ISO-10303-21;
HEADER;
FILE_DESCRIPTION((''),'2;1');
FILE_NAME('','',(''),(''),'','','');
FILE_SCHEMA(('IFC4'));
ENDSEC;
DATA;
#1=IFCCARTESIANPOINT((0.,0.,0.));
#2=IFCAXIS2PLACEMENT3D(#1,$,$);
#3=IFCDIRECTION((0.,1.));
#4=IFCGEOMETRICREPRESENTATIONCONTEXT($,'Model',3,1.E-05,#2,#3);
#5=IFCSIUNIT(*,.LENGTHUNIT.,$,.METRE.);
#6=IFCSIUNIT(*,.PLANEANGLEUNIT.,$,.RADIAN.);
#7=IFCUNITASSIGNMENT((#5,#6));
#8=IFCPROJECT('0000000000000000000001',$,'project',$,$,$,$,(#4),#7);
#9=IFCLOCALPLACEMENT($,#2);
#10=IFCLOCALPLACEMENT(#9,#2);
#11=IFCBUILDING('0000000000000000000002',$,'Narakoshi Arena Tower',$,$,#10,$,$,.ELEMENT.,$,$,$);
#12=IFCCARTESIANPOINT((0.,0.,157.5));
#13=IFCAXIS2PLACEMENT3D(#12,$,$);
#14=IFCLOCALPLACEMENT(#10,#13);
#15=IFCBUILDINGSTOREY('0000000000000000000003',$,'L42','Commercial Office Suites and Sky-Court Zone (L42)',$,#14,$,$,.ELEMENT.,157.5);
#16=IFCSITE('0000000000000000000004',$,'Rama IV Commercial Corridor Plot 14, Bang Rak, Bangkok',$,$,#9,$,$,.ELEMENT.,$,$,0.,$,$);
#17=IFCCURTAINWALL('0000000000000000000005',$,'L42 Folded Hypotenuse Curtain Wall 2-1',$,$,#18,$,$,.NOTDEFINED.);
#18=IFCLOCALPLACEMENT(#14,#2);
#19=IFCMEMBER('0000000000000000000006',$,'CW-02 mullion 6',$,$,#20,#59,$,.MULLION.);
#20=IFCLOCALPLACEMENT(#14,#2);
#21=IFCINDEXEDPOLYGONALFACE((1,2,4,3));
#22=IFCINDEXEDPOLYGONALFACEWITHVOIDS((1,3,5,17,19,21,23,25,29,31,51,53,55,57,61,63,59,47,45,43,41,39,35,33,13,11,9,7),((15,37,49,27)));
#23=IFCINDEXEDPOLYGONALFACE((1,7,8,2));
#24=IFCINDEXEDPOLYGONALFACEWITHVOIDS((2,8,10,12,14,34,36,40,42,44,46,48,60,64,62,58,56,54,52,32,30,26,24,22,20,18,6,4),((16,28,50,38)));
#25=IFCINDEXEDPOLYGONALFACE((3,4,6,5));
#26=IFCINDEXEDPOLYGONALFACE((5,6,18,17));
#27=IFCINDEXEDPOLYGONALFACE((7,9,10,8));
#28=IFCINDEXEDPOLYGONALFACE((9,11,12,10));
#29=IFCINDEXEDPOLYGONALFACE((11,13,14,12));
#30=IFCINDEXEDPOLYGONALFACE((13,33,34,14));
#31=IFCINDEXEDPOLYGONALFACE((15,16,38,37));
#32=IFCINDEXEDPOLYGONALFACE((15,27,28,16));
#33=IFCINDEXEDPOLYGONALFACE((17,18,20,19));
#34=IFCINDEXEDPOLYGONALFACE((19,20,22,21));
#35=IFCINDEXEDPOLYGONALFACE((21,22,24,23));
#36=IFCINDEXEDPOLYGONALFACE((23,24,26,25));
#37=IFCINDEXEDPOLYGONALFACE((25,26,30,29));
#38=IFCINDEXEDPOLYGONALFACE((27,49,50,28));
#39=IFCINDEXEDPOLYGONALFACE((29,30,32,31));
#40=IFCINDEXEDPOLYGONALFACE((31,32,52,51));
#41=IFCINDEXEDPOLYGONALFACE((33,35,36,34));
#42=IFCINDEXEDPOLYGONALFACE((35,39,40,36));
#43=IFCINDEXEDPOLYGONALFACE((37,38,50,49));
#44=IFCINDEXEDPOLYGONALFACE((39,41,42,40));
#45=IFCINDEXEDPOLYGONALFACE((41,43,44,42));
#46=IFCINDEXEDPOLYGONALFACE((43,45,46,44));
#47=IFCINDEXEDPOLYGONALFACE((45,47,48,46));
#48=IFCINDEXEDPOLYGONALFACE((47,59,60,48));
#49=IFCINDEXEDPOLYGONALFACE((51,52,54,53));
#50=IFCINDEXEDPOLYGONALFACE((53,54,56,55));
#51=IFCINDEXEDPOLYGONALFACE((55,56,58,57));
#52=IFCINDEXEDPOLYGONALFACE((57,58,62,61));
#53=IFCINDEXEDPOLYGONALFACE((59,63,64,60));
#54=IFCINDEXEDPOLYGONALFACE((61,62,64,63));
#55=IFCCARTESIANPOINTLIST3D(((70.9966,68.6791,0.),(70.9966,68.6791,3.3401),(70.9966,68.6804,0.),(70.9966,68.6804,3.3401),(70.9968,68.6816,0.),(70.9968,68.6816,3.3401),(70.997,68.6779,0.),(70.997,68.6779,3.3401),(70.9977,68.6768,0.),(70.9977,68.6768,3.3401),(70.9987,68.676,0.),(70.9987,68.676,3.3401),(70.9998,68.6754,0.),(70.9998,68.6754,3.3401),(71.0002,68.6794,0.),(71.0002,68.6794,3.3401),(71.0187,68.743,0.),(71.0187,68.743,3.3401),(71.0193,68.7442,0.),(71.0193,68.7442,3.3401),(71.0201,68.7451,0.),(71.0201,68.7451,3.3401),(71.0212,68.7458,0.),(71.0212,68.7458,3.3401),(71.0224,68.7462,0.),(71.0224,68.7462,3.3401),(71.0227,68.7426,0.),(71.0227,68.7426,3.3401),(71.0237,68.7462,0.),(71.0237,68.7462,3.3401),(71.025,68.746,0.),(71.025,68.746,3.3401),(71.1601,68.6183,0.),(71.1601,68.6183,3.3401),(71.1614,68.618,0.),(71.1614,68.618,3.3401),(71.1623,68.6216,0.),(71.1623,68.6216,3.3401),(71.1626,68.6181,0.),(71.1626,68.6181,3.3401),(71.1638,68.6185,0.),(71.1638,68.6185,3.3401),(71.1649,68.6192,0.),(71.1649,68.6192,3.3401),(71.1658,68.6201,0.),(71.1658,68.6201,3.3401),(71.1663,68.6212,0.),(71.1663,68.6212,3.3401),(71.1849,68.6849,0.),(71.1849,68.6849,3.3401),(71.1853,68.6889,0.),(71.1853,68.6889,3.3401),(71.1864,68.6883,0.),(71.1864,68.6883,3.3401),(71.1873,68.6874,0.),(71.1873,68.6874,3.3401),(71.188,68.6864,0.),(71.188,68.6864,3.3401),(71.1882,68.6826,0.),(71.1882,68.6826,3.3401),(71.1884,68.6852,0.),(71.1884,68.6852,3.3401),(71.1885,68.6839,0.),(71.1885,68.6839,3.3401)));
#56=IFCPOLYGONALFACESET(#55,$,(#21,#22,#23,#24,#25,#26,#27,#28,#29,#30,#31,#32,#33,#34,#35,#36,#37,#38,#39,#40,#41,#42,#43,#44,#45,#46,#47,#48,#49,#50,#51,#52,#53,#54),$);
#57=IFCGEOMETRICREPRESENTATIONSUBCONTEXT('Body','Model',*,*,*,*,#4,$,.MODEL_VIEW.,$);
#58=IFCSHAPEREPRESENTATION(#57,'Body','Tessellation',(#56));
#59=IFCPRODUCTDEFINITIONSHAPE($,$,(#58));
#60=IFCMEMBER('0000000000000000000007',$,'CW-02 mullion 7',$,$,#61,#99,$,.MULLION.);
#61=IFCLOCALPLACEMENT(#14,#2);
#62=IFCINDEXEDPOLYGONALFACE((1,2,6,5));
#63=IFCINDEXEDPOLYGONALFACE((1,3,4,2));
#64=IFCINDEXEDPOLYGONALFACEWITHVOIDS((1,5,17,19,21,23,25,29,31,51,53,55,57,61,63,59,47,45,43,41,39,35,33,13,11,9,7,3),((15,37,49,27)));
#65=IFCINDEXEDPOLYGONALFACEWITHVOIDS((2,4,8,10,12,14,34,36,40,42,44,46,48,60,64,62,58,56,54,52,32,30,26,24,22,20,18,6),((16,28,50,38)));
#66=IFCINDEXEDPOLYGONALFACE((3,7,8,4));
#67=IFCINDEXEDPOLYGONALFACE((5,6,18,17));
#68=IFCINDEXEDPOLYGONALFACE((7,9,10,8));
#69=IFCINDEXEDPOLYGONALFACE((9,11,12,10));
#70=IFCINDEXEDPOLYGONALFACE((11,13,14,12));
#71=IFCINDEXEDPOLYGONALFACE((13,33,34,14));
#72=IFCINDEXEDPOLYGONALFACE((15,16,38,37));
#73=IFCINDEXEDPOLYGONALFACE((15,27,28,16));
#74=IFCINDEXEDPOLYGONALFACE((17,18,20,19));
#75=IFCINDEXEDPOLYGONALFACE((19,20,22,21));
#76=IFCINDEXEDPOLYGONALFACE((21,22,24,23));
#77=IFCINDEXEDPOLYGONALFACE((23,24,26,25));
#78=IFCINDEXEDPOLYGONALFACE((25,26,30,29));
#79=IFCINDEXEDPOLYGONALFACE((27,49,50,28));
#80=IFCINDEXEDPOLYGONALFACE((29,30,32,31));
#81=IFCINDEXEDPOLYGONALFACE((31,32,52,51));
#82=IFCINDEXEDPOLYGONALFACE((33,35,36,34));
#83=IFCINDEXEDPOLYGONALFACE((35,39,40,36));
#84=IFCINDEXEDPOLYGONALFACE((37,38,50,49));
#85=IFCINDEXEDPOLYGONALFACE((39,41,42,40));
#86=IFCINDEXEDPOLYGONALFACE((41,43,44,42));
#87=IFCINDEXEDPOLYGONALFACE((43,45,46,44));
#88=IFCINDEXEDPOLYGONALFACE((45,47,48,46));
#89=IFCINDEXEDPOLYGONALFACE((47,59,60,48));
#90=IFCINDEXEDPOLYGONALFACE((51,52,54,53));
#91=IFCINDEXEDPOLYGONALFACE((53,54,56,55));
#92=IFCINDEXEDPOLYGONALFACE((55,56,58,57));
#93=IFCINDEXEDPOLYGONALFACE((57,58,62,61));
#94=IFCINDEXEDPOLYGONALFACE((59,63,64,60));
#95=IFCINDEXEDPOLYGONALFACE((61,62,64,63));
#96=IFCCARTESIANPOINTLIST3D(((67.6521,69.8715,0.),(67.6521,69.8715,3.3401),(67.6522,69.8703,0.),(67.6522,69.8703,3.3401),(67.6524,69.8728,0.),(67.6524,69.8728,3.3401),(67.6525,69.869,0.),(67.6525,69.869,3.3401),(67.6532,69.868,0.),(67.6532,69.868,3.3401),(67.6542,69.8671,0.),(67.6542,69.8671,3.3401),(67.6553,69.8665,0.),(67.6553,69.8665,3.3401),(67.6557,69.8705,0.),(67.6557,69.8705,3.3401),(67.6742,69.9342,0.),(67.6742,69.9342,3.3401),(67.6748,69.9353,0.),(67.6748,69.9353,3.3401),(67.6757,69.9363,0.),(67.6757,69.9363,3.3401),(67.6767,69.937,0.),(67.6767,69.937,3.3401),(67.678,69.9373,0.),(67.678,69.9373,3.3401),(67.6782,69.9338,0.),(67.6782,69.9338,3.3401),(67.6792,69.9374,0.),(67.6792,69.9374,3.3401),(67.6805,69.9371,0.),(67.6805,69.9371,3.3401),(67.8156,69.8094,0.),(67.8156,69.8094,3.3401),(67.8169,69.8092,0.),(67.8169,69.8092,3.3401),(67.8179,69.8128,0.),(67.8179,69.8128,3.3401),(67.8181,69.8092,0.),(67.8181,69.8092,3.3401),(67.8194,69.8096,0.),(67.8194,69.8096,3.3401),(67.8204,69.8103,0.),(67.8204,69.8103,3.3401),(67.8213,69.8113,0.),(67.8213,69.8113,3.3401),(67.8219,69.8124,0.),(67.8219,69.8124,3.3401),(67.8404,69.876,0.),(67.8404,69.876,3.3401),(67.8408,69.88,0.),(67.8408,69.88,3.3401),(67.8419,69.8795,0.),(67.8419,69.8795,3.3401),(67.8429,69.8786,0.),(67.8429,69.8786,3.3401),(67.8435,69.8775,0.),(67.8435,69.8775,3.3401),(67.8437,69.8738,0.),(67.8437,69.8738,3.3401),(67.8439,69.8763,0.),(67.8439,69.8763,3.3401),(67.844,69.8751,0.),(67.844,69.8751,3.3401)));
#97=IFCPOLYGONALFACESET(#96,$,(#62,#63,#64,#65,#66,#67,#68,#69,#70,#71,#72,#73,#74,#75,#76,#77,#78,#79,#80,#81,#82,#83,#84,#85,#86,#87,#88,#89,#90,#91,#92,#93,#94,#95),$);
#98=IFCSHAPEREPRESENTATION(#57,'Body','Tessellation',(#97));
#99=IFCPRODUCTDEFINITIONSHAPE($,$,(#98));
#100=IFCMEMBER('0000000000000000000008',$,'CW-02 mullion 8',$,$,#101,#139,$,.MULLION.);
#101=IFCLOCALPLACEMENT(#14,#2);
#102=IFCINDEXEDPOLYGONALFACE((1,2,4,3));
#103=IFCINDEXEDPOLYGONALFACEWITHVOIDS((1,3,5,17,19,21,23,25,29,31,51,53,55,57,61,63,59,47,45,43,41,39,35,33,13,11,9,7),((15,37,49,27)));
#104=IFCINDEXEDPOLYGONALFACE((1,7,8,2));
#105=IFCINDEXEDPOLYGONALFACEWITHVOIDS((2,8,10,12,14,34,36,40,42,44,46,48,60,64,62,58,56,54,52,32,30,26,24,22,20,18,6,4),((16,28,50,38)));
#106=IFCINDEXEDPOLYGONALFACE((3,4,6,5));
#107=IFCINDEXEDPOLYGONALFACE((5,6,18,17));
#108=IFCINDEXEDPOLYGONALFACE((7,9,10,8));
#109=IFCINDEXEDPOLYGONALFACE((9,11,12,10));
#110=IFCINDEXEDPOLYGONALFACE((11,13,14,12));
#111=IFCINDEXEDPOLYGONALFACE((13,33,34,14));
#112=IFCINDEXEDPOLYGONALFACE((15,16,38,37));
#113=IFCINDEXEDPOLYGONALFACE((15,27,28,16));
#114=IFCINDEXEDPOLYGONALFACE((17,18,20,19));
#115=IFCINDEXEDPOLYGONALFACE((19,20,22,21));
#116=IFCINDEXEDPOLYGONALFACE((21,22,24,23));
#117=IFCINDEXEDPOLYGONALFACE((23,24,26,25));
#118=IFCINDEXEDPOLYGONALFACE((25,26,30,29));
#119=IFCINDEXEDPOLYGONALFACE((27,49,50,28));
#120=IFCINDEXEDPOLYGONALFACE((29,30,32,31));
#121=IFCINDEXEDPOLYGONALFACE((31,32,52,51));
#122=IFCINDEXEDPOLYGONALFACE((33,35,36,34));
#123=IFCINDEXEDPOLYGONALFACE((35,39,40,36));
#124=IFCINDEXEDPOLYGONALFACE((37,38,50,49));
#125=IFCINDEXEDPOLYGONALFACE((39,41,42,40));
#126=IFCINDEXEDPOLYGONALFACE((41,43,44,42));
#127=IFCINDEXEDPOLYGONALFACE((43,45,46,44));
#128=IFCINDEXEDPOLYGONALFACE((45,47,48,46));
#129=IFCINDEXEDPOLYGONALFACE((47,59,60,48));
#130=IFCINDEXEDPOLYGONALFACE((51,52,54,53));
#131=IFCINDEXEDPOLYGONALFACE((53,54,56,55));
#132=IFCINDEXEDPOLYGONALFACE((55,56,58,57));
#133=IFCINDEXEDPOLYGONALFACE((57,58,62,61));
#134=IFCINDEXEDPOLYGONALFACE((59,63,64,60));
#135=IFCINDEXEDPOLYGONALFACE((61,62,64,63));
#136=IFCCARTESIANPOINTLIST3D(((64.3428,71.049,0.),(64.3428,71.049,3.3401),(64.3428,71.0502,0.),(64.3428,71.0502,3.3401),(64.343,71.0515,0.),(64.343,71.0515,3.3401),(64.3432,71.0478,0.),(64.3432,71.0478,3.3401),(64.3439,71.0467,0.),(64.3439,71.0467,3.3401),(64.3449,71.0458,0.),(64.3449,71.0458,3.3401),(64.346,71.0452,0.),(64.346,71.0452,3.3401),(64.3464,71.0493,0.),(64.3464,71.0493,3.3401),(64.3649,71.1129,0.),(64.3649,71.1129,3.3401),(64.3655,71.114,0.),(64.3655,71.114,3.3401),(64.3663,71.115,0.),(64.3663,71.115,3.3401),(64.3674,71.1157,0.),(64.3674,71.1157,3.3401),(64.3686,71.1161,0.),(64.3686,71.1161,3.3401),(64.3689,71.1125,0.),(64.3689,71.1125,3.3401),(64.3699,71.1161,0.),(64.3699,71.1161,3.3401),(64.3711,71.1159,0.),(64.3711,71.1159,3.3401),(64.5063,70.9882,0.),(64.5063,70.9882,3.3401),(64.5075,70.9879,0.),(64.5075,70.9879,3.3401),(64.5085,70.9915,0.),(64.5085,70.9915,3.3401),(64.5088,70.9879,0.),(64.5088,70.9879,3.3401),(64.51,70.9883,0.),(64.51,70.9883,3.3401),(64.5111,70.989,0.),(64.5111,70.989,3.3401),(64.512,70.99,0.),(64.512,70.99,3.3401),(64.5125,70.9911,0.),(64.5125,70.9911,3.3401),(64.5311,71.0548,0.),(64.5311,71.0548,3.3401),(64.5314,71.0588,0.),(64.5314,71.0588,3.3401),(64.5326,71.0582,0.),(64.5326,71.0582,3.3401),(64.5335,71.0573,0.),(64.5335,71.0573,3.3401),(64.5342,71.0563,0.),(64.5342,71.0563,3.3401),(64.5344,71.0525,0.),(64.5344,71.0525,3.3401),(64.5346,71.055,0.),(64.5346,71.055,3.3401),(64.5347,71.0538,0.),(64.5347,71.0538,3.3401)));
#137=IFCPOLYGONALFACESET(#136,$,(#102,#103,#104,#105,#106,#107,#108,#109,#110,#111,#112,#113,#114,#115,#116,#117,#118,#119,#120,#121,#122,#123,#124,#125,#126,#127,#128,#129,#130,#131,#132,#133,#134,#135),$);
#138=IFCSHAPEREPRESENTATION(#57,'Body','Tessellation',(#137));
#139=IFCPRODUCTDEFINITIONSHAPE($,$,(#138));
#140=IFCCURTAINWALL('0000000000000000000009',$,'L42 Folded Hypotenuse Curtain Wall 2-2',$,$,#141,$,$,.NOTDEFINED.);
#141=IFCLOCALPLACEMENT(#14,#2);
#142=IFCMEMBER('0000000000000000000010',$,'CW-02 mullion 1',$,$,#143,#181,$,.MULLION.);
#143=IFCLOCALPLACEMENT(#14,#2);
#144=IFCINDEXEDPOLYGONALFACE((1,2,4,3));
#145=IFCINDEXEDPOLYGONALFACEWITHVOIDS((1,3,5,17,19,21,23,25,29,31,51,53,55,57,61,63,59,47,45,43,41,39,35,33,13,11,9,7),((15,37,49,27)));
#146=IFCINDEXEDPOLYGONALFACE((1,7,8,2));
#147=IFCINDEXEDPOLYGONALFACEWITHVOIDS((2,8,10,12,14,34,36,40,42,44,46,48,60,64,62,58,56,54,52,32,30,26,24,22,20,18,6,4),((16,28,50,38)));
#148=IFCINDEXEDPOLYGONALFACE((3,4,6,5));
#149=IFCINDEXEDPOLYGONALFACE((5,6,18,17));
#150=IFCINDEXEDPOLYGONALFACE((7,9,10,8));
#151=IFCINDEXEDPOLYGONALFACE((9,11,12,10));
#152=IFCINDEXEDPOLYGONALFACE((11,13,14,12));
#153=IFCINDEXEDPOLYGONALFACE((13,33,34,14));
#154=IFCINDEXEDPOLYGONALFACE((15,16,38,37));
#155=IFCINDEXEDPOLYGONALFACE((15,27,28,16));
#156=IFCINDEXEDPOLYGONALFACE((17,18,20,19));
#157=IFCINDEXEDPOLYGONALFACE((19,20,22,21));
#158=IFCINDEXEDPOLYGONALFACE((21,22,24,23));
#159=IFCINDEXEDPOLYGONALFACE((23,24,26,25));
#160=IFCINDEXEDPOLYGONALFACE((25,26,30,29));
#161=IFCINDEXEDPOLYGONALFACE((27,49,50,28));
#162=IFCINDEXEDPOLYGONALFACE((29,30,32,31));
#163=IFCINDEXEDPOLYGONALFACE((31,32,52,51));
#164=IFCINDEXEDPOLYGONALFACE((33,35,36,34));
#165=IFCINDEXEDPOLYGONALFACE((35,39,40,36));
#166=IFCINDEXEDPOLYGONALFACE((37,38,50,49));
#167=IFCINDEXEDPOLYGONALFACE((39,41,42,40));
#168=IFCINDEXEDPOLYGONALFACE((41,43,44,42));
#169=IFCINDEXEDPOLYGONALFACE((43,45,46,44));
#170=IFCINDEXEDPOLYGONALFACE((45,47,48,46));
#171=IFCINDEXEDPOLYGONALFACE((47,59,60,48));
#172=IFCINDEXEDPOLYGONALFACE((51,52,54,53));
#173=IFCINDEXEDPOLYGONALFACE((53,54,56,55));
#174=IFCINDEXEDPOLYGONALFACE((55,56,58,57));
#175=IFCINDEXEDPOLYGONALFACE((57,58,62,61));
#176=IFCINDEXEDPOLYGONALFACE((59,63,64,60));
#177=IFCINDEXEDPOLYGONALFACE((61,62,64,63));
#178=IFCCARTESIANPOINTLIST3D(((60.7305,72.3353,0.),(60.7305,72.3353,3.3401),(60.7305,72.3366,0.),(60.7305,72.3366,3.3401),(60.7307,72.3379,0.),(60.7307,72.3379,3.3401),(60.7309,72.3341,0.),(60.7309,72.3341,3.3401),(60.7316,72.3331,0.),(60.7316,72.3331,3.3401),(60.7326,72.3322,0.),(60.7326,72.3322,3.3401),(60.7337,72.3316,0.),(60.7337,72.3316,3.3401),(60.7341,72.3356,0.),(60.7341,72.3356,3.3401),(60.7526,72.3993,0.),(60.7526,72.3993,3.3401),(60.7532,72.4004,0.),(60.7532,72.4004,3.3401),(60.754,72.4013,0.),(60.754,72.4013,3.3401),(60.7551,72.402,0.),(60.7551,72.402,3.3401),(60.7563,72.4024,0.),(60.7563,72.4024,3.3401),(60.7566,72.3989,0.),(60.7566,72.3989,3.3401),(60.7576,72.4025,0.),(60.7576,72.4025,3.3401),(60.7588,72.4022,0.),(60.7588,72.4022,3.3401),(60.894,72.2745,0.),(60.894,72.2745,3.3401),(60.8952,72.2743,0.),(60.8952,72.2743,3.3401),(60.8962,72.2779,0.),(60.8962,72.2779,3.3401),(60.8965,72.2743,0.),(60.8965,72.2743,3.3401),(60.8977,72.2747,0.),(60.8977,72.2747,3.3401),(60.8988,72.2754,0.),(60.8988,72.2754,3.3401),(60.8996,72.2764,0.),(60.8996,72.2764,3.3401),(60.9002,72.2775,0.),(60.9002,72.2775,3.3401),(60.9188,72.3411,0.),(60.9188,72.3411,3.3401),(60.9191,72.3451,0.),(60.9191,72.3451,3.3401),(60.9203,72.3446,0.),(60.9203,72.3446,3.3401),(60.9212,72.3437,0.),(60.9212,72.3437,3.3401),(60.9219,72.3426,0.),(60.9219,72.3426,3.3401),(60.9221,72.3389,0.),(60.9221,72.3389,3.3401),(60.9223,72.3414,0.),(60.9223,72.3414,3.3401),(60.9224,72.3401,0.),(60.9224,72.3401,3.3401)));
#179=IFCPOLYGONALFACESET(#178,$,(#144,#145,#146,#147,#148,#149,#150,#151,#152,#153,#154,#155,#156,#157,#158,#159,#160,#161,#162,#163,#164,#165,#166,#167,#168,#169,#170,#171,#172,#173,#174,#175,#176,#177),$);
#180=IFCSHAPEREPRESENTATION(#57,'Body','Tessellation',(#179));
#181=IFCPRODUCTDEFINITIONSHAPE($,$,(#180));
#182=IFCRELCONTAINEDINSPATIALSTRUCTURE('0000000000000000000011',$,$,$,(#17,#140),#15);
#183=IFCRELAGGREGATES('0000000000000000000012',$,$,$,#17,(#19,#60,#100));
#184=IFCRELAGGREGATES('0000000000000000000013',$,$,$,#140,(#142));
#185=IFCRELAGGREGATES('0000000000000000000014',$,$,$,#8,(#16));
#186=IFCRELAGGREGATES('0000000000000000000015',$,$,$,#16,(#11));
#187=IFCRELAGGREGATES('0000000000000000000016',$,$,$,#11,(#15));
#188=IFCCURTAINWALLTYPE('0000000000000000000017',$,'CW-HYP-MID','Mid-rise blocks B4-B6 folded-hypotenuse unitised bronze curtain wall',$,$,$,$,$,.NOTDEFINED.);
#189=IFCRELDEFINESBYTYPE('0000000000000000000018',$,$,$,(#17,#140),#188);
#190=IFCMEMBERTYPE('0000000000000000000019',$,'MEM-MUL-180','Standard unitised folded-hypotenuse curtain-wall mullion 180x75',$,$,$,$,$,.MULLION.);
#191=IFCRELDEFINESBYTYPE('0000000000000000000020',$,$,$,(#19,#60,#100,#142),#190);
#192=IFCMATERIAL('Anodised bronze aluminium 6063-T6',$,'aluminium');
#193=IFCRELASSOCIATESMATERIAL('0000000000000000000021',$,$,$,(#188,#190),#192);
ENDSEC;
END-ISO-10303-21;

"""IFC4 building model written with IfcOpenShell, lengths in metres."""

from ifc_helpers import new_model, si_unit, direction, frame, origin, origin_2d, place, context, subcontext, project, spatial, hollow_rectangle, extrude, material, material_profile, profile_set, type_object, element, aggregate, save


model = new_model("IFC4")

# Units and contexts
model_context = context("Model", 3, precision=1e-05, world=origin(), true_north=direction((0.0, 1.0)))
body_context = subcontext(model_context, "Body", "Model", "MODEL_VIEW")
ifc_project = project(units=[si_unit("LENGTHUNIT", "METRE"), si_unit("PLANEANGLEUNIT", "RADIAN")], contexts=[model_context])

# Site, building, storey
site_placement = place(None, origin())
site = spatial("IfcSite", under=ifc_project, at=site_placement, Name="Rama IV Commercial Corridor Plot 14, Bang Rak, Bangkok", CompositionType="ELEMENT", RefElevation=0.0)
building_placement = place(site_placement, origin())
building = spatial("IfcBuilding", under=site, at=building_placement, Name="Narakoshi Arena Tower", CompositionType="ELEMENT")
storey_placement = place(building_placement, frame((0.0, 0.0, 157.5)))
storey = spatial("IfcBuildingStorey", under=building, at=storey_placement, Name="L42", Description="Commercial Office Suites and Sky-Court Zone (L42)", CompositionType="ELEMENT", Elevation=157.5)

# Curtain walls, members
ifc_material_1 = material(Name="Anodised bronze aluminium 6063-T6", Category="aluminium")
curtain_wall_type = type_object("IfcCurtainWallType", Name="CW-HYP-MID", Description="Mid-rise blocks B4-B6 folded-hypotenuse unitised bronze curtain wall", PredefinedType="NOTDEFINED", material=ifc_material_1)
curtain_wall_1_placement = place(storey_placement, origin())
curtain_wall_1 = element("IfcCurtainWall", 1, at=curtain_wall_1_placement, inside=storey, type_object=curtain_wall_type, Name="L42 Folded Hypotenuse Curtain Wall 2-1", PredefinedType="NOTDEFINED")
ifc_material_profile_1 = material_profile(ifc_material_1, hollow_rectangle(XDim=0.075, YDim=0.1799, WallThickness=0.0039, OuterFilletRadius=0.0049, at=origin_2d()), Name="MUL180x75x4")
ifc_profile_set_1 = profile_set([ifc_material_profile_1], Name="Anodised bronze aluminium 6063-T6")
member_type_1 = type_object("IfcMemberType", Name="MEM-MUL-180", Description="Standard unitised folded-hypotenuse curtain-wall mullion 180x75", PredefinedType="MULLION", material=ifc_profile_set_1)
member_1_placement = place(storey_placement, frame((71.0925, 68.6821, 0.0), z_axis=(0.0, 0.0, 1.0), x_axis=(-0.335518, -0.942034, 0.0)))
member_1 = element("IfcMember", 2, at=member_1_placement, type_object=member_type_1, Name="CW-02 mullion 6", PredefinedType="MULLION", context=body_context, shape_type="SweptSolid", body=[
    extrude(hollow_rectangle(XDim=0.075, YDim=0.1799, WallThickness=0.0039, OuterFilletRadius=0.0049, at=origin_2d()), origin(), (0.0, 0.0, 1.0), 3.3401),
])
member_2_placement = place(storey_placement, frame((67.748, 69.8733, 0.0), z_axis=(0.0, 0.0, 1.0), x_axis=(-0.335518, -0.942034, 0.0)))
member_2 = element("IfcMember", 3, at=member_2_placement, type_object=member_type_1, Name="CW-02 mullion 7", PredefinedType="MULLION", context=body_context, shape_type="SweptSolid", body=[
    extrude(hollow_rectangle(XDim=0.075, YDim=0.1799, WallThickness=0.0039, OuterFilletRadius=0.0049, at=origin_2d()), origin(), (0.0, 0.0, 1.0), 3.3401),
])
member_3_placement = place(storey_placement, frame((64.4387, 71.052, 0.0), z_axis=(0.0, 0.0, 1.0), x_axis=(-0.335518, -0.942034, 0.0)))
member_3 = element("IfcMember", 4, at=member_3_placement, type_object=member_type_1, Name="CW-02 mullion 8", PredefinedType="MULLION", context=body_context, shape_type="SweptSolid", body=[
    extrude(hollow_rectangle(XDim=0.075, YDim=0.1799, WallThickness=0.0039, OuterFilletRadius=0.0049, at=origin_2d()), origin(), (0.0, 0.0, 1.0), 3.3401),
])
curtain_wall_2_placement = place(storey_placement, origin())
curtain_wall_2 = element("IfcCurtainWall", 5, at=curtain_wall_2_placement, inside=storey, type_object=curtain_wall_type, Name="L42 Folded Hypotenuse Curtain Wall 2-2", PredefinedType="NOTDEFINED")
member_4_placement = place(storey_placement, frame((60.8264, 72.3384, 0.0), z_axis=(0.0, 0.0, 1.0), x_axis=(-0.335542, -0.942025, 0.0)))
member_4 = element("IfcMember", 6, at=member_4_placement, type_object=member_type_1, Name="CW-02 mullion 1", PredefinedType="MULLION", context=body_context, shape_type="SweptSolid", body=[
    extrude(hollow_rectangle(XDim=0.075, YDim=0.1799, WallThickness=0.0039, OuterFilletRadius=0.0049, at=origin_2d()), origin(), (0.0, 0.0, 1.0), 3.3401),
])

aggregate(curtain_wall_1, [member_1, member_2, member_3])
aggregate(curtain_wall_2, [member_4])

save(model, "model.ifc")
